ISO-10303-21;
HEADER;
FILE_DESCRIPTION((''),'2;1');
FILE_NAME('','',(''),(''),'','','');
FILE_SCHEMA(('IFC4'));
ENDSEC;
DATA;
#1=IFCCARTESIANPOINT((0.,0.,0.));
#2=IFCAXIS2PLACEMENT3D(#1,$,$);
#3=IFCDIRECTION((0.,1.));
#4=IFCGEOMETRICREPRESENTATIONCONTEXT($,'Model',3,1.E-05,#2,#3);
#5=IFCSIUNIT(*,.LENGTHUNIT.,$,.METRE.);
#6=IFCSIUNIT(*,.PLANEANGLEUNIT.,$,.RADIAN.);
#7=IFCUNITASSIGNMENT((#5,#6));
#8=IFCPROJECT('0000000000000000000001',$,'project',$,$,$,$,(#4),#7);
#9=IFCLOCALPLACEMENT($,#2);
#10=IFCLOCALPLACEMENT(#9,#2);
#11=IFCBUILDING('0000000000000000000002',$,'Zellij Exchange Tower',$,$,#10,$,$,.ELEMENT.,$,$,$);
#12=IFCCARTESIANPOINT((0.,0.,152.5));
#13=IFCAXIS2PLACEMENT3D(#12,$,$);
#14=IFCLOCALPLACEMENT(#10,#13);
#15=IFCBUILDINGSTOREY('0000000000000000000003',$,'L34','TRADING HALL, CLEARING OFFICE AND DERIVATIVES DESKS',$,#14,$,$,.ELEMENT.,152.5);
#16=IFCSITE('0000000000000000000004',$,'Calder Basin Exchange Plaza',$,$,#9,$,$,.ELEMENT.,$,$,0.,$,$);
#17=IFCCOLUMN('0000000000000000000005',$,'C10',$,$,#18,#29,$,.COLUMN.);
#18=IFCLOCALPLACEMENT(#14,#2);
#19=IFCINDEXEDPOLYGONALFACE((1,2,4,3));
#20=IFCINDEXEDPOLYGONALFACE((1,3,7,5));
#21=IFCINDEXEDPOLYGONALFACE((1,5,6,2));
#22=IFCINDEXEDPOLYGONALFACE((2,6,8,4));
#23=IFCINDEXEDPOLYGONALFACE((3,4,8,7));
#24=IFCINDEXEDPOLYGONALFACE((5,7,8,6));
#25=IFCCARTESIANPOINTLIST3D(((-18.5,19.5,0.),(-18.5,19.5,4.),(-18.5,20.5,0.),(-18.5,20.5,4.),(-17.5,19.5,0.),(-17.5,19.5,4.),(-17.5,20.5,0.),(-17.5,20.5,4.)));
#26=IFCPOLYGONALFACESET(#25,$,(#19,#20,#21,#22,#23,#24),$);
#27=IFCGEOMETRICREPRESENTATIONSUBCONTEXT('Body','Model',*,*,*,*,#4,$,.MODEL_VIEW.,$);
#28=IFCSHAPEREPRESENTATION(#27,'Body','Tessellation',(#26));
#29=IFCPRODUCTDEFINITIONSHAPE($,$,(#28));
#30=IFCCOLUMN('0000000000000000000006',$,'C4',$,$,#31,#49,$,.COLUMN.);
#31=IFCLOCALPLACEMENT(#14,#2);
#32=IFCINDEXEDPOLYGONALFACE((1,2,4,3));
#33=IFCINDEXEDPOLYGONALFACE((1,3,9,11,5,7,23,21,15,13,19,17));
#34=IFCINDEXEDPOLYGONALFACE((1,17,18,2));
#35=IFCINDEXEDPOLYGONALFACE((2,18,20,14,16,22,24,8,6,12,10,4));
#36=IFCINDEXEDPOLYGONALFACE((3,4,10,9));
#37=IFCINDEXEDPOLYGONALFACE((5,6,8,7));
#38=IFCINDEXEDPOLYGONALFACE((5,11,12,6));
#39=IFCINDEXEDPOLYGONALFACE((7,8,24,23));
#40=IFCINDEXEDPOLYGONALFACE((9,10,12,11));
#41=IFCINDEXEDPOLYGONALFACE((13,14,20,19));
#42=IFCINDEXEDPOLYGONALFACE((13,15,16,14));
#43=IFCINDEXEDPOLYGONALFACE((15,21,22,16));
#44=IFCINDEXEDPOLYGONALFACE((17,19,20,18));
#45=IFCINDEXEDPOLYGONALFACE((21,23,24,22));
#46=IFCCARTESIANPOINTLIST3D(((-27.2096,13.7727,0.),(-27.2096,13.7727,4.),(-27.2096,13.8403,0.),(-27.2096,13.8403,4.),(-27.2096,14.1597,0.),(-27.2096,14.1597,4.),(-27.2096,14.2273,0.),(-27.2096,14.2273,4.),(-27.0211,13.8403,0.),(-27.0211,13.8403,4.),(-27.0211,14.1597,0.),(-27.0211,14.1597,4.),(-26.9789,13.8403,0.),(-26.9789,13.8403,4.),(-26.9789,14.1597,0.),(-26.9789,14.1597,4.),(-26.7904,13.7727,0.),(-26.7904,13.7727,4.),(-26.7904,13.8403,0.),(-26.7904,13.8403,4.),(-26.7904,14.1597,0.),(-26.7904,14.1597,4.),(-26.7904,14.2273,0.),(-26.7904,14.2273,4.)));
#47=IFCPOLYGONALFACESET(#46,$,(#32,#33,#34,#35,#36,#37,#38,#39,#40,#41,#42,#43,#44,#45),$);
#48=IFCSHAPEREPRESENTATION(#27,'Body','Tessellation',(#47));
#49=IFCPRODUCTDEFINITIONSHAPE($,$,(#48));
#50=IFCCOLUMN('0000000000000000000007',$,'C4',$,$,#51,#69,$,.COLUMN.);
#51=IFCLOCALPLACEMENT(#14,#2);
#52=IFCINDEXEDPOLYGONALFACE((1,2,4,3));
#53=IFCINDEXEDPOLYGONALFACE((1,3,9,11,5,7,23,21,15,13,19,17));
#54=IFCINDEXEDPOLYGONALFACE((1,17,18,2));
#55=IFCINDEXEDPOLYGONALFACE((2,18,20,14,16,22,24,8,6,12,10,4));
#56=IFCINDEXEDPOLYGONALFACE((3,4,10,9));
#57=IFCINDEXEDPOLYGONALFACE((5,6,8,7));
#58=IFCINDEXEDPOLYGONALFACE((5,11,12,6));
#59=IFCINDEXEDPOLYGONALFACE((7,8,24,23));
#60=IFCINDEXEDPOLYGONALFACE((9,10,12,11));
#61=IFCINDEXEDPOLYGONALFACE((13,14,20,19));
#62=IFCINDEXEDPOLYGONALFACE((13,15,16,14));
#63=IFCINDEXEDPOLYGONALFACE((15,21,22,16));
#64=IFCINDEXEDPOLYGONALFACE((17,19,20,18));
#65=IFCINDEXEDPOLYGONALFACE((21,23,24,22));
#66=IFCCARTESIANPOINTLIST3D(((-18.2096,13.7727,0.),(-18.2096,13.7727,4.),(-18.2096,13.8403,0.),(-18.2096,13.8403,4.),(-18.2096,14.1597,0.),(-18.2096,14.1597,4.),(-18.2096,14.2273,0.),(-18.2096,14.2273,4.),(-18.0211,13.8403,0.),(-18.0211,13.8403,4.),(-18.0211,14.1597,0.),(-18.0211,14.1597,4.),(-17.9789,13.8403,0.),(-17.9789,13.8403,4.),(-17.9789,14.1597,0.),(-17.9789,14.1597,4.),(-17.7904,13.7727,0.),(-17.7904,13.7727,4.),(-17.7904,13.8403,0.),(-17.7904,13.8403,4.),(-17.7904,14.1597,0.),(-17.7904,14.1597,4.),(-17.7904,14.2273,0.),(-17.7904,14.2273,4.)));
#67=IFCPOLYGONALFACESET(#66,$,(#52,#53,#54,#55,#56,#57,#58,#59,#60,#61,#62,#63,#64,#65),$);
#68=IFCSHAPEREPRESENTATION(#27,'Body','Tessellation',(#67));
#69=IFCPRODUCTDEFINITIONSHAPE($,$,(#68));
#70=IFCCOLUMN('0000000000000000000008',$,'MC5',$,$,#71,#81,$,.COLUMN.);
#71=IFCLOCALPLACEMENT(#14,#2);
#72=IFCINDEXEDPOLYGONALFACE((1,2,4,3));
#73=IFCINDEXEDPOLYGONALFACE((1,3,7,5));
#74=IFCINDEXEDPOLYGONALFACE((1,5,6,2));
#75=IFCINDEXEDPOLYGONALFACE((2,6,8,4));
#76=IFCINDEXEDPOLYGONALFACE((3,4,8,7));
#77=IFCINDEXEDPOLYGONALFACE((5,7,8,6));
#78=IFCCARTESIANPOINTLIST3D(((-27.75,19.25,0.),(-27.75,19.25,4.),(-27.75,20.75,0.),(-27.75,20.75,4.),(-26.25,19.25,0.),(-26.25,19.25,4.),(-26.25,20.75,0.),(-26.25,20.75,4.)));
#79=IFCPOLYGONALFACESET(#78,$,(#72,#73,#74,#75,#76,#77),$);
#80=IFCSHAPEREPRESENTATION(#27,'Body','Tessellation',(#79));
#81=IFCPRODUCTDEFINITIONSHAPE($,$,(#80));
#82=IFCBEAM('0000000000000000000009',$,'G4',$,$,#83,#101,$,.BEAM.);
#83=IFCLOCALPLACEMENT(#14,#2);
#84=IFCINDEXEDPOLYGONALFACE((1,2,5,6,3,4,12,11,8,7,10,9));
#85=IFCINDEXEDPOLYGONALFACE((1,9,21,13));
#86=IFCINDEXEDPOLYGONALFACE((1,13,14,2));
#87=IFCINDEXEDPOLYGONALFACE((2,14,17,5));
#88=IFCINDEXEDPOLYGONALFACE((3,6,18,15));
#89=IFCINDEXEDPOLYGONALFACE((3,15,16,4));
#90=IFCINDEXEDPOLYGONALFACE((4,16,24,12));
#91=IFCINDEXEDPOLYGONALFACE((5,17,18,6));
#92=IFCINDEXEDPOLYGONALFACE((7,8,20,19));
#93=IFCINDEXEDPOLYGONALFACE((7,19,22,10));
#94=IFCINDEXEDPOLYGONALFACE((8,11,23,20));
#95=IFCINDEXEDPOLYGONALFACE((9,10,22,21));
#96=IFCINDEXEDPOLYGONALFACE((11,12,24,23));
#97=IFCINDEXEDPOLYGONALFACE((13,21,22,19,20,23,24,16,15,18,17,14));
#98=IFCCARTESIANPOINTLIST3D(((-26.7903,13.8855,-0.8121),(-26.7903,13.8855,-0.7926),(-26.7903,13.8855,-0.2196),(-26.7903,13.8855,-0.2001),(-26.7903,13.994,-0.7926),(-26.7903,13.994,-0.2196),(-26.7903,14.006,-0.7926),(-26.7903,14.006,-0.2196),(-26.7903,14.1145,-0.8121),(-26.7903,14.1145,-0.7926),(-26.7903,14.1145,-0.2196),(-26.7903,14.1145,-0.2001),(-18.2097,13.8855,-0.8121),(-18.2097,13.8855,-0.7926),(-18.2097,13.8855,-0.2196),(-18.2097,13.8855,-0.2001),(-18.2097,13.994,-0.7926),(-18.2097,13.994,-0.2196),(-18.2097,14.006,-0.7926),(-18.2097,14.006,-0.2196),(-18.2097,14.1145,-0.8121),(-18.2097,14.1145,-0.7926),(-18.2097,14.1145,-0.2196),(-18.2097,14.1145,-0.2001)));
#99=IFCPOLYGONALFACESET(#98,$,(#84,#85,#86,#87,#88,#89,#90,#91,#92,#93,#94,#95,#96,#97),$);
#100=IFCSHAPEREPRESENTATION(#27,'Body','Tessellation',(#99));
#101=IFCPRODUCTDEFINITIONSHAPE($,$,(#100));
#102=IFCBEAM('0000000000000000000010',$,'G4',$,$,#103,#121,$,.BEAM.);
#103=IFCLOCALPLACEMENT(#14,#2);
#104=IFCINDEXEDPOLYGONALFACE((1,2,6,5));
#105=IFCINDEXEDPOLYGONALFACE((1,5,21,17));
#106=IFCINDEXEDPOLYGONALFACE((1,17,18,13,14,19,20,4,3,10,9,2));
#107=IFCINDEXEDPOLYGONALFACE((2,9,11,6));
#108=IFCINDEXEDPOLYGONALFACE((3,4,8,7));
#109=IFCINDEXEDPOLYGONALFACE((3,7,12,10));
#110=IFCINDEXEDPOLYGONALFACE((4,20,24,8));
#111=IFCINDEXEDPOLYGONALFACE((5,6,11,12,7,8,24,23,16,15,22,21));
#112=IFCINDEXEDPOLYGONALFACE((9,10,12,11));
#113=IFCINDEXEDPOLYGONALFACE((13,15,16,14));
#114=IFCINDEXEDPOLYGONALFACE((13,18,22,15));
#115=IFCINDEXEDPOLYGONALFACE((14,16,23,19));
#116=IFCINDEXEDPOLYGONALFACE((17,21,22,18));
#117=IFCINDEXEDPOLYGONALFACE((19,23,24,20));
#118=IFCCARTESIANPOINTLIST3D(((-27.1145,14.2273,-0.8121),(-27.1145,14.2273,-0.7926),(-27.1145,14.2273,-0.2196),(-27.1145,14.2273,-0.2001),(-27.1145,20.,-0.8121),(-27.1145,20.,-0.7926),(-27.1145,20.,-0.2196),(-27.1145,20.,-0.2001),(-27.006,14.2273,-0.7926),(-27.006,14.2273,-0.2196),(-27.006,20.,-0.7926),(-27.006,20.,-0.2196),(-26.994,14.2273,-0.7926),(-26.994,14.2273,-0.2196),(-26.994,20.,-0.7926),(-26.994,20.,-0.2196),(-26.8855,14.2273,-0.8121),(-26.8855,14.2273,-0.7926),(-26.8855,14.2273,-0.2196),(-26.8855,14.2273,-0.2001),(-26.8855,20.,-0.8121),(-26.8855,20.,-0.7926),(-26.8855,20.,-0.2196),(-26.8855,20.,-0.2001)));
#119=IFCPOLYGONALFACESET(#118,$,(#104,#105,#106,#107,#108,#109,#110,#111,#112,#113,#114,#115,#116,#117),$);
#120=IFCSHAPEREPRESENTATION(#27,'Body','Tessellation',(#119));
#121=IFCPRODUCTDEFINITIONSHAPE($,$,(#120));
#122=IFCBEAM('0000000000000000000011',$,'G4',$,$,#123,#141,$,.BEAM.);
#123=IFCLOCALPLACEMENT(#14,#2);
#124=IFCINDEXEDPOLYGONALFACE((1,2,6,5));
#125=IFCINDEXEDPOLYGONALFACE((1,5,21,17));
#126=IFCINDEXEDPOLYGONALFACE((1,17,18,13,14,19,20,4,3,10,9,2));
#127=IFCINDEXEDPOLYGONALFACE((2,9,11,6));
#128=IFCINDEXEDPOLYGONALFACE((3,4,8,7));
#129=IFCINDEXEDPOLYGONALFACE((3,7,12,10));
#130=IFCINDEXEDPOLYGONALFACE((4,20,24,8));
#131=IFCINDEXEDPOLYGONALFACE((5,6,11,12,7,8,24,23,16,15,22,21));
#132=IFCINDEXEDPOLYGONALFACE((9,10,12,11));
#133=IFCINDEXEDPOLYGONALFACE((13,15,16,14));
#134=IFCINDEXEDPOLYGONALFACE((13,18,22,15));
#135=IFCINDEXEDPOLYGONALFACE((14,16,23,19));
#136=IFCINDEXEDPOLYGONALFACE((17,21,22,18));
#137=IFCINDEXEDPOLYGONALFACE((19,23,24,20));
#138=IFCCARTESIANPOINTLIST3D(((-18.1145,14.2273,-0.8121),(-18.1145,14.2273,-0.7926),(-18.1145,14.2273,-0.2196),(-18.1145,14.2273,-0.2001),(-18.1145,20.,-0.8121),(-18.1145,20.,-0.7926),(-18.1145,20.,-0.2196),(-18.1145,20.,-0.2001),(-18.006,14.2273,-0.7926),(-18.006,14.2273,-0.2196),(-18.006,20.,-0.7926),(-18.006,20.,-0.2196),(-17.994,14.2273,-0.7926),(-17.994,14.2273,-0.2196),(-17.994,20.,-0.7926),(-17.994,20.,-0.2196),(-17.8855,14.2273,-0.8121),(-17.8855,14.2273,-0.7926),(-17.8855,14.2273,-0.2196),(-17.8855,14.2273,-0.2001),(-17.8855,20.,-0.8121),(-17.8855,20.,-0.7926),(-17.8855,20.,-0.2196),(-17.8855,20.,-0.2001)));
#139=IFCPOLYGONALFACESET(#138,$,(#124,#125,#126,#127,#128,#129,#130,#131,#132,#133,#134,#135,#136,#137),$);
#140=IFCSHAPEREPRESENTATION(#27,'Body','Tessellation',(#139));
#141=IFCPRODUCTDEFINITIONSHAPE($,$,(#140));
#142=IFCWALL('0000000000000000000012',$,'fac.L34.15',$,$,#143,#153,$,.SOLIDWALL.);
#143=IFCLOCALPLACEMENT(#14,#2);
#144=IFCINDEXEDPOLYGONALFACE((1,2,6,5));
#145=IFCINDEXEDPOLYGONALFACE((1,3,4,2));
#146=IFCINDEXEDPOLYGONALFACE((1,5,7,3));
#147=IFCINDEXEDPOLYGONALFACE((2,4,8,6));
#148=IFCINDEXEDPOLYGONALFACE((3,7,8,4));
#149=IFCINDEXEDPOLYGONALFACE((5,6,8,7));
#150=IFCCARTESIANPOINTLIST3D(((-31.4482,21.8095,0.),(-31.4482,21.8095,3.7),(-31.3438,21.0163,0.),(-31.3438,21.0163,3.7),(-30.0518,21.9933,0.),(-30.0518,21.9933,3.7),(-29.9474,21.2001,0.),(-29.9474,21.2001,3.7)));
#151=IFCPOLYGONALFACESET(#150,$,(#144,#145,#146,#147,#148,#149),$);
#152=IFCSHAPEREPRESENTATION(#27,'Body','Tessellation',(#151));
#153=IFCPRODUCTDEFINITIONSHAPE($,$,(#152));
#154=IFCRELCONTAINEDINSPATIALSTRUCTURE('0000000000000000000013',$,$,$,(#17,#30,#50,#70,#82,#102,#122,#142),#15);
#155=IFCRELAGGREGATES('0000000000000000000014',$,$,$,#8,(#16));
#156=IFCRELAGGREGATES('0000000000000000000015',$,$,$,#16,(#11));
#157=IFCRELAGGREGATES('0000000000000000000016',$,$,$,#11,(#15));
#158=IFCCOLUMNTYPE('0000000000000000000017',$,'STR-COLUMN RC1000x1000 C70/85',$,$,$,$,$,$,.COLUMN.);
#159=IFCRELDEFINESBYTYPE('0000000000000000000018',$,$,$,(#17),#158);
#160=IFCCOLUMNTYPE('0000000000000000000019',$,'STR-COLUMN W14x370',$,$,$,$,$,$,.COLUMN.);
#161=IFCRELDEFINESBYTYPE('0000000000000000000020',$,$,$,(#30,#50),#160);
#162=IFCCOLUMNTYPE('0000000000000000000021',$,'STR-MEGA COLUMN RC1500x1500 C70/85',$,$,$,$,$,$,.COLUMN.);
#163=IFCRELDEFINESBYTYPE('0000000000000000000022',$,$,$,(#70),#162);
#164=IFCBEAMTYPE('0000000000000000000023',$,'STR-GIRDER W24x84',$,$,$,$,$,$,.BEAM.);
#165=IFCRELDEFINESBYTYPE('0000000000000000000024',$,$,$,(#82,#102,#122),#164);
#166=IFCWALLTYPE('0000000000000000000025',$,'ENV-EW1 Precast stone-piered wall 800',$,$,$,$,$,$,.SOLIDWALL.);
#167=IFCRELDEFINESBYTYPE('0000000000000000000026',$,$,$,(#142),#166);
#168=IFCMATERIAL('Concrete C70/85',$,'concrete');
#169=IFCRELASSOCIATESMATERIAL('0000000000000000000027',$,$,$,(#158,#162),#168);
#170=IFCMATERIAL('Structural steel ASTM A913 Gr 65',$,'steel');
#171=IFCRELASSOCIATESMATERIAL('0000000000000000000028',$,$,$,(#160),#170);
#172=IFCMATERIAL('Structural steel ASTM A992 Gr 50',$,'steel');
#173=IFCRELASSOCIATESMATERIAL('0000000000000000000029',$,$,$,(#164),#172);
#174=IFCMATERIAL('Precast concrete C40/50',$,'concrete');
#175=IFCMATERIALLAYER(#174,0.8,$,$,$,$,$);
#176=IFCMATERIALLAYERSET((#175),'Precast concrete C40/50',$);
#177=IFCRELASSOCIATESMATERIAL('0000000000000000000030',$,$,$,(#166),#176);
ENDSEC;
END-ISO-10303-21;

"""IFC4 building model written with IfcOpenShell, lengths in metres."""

from ifc_helpers import new_model, si_unit, direction, frame, frame_2d, origin, origin_2d, place, context, subcontext, project, spatial, rectangle, i_section, extrude, material, layer, layer_set, material_profile, profile_set, type_object, element, save


model = new_model("IFC4")

# Units and contexts
model_context = context("Model", 3, precision=1e-05, world=origin(), true_north=direction((0.0, 1.0)))
body_context = subcontext(model_context, "Body", "Model", "MODEL_VIEW")
ifc_project = project(units=[si_unit("LENGTHUNIT", "METRE"), si_unit("PLANEANGLEUNIT", "RADIAN")], contexts=[model_context])

# Site, building, storey
site_placement = place(None, origin())
site = spatial("IfcSite", under=ifc_project, at=site_placement, Name="Calder Basin Exchange Plaza", CompositionType="ELEMENT", RefElevation=0.0)
building_placement = place(site_placement, origin())
building = spatial("IfcBuilding", under=site, at=building_placement, Name="Zellij Exchange Tower", CompositionType="ELEMENT")
storey_placement = place(building_placement, frame((0.0, 0.0, 152.5)))
storey = spatial("IfcBuildingStorey", under=building, at=storey_placement, Name="L34", Description="TRADING HALL, CLEARING OFFICE AND DERIVATIVES DESKS", CompositionType="ELEMENT", Elevation=152.5)

# Columns
ifc_material_1 = material(Name="Concrete C70/85", Category="concrete")
ifc_material_profile_1 = material_profile(ifc_material_1, rectangle(XDim=1.0, YDim=1.0, at=origin_2d()), Name="STR-COLUMN RC1000x1000 C70/85")
ifc_profile_set_1 = profile_set([ifc_material_profile_1], Name="Concrete C70/85")
column_type_1 = type_object("IfcColumnType", Name="STR-COLUMN RC1000x1000 C70/85", PredefinedType="COLUMN", material=ifc_profile_set_1)
column_1_placement = place(storey_placement, frame((-18.0, 20.0, 0.0), z_axis=(0.0, 0.0, 1.0), x_axis=(1.0, 0.0, 0.0)))
element("IfcColumn", 1, at=column_1_placement, inside=storey, type_object=column_type_1, Name="C10", PredefinedType="COLUMN", context=body_context, shape_type="SweptSolid", body=[
    extrude(rectangle(XDim=1.0, YDim=1.0, at=origin_2d()), origin(), (0.0, 0.0, 1.0), 4.0),
])
ifc_material_2 = material(Name="Structural steel ASTM A913 Gr 65", Category="steel")
ifc_material_profile_2 = material_profile(ifc_material_2, i_section(OverallWidth=0.4192, OverallDepth=0.4546, WebThickness=0.0422, FlangeThickness=0.0676, at=origin_2d()), Name="W14x370")
ifc_profile_set_2 = profile_set([ifc_material_profile_2], Name="Structural steel ASTM A913 Gr 65")
column_type_2 = type_object("IfcColumnType", Name="STR-COLUMN W14x370", PredefinedType="COLUMN", material=ifc_profile_set_2)
for number, where, z_axis, x_axis, name in (
    (2, (-27.0, 14.0, 0.0), (0.0, 0.0, 1.0), (1.0, 0.0, 0.0), "C4"),
    (3, (-18.0, 14.0, 0.0), (0.0, 0.0, 1.0), (1.0, 0.0, 0.0), "C4"),
):
    element("IfcColumn", number, at=place(storey_placement, frame(where, z_axis=z_axis, x_axis=x_axis)), inside=storey, type_object=column_type_2, Name=name, PredefinedType="COLUMN", context=body_context, shape_type="SweptSolid", body=[
        extrude(i_section(OverallWidth=0.4192, OverallDepth=0.4546, WebThickness=0.0422, FlangeThickness=0.0676, at=origin_2d()), origin(), (0.0, 0.0, 1.0), 4.0),
    ])
ifc_material_profile_3 = material_profile(ifc_material_1, rectangle(XDim=1.5, YDim=1.5, at=origin_2d()), Name="STR-MEGA COLUMN RC1500x1500 C70/85")
ifc_profile_set_3 = profile_set([ifc_material_profile_3], Name="Concrete C70/85")
column_type_3 = type_object("IfcColumnType", Name="STR-MEGA COLUMN RC1500x1500 C70/85", PredefinedType="COLUMN", material=ifc_profile_set_3)
column_2_placement = place(storey_placement, frame((-27.0, 20.0, 0.0), z_axis=(0.0, 0.0, 1.0), x_axis=(1.0, 0.0, 0.0)))
element("IfcColumn", 4, at=column_2_placement, inside=storey, type_object=column_type_3, Name="MC5", PredefinedType="COLUMN", context=body_context, shape_type="SweptSolid", body=[
    extrude(rectangle(XDim=1.5, YDim=1.5, at=origin_2d()), origin(), (0.0, 0.0, 1.0), 4.0),
])

# Beams
ifc_material_3 = material(Name="Structural steel ASTM A992 Gr 50", Category="steel")
ifc_material_profile_4 = material_profile(ifc_material_3, i_section(OverallWidth=0.229, OverallDepth=0.6121, WebThickness=0.012, FlangeThickness=0.0195, at=origin_2d()), Name="W24x84")
ifc_profile_set_4 = profile_set([ifc_material_profile_4], Name="Structural steel ASTM A992 Gr 50")
beam_type = type_object("IfcBeamType", Name="STR-GIRDER W24x84", PredefinedType="BEAM", material=ifc_profile_set_4)
beam_placement = place(storey_placement, frame((-26.7903, 14.0, -0.5061), z_axis=(1.0, 0.0, 0.0), x_axis=(0.0, 1.0, 0.0)))
element("IfcBeam", 5, at=beam_placement, inside=storey, type_object=beam_type, Name="G4", PredefinedType="BEAM", context=body_context, shape_type="SweptSolid", body=[
    extrude(i_section(OverallWidth=0.229, OverallDepth=0.6121, WebThickness=0.012, FlangeThickness=0.0195, at=origin_2d()), origin(), (0.0, 0.0, 1.0), 8.5806),
])
for number, where, z_axis, x_axis, name in (
    (6, (-27.0, 14.2273, -0.5061), (0.0, 1.0, 0.0), (-1.0, 0.0, 0.0), "G4"),
    (7, (-18.0, 14.2273, -0.5061), (0.0, 1.0, 0.0), (-1.0, 0.0, 0.0), "G4"),
):
    element("IfcBeam", number, at=place(storey_placement, frame(where, z_axis=z_axis, x_axis=x_axis)), inside=storey, type_object=beam_type, Name=name, PredefinedType="BEAM", context=body_context, shape_type="SweptSolid", body=[
        extrude(i_section(OverallWidth=0.229, OverallDepth=0.6121, WebThickness=0.012, FlangeThickness=0.0195, at=origin_2d()), origin(), (0.0, 0.0, 1.0), 5.7727),
    ])

# Wall
ifc_material_4 = material(Name="Precast concrete C40/50", Category="concrete")
ifc_layer_1 = layer(ifc_material_4, 0.8)
ifc_layer_set_1 = layer_set([ifc_layer_1], Name="Precast concrete C40/50")
wall_type = type_object("IfcWallType", Name="ENV-EW1 Precast stone-piered wall 800", PredefinedType="SOLIDWALL", material=ifc_layer_set_1)
wall_placement = place(storey_placement, frame((-29.9998, 21.5967, 0.0), z_axis=(0.0, 0.0, 1.0), x_axis=(-0.991446, -0.130517, 0.0)))
element("IfcWall", 8, at=wall_placement, inside=storey, type_object=wall_type, Name="fac.L34.15", PredefinedType="SOLIDWALL", context=body_context, shape_type="SweptSolid", body=[
    extrude(rectangle(XDim=1.4084, YDim=0.8, at=frame_2d((0.7041, 0.0))), origin(), (0.0, 0.0, 1.0), 3.7),
])

save(model, "model.ifc")
